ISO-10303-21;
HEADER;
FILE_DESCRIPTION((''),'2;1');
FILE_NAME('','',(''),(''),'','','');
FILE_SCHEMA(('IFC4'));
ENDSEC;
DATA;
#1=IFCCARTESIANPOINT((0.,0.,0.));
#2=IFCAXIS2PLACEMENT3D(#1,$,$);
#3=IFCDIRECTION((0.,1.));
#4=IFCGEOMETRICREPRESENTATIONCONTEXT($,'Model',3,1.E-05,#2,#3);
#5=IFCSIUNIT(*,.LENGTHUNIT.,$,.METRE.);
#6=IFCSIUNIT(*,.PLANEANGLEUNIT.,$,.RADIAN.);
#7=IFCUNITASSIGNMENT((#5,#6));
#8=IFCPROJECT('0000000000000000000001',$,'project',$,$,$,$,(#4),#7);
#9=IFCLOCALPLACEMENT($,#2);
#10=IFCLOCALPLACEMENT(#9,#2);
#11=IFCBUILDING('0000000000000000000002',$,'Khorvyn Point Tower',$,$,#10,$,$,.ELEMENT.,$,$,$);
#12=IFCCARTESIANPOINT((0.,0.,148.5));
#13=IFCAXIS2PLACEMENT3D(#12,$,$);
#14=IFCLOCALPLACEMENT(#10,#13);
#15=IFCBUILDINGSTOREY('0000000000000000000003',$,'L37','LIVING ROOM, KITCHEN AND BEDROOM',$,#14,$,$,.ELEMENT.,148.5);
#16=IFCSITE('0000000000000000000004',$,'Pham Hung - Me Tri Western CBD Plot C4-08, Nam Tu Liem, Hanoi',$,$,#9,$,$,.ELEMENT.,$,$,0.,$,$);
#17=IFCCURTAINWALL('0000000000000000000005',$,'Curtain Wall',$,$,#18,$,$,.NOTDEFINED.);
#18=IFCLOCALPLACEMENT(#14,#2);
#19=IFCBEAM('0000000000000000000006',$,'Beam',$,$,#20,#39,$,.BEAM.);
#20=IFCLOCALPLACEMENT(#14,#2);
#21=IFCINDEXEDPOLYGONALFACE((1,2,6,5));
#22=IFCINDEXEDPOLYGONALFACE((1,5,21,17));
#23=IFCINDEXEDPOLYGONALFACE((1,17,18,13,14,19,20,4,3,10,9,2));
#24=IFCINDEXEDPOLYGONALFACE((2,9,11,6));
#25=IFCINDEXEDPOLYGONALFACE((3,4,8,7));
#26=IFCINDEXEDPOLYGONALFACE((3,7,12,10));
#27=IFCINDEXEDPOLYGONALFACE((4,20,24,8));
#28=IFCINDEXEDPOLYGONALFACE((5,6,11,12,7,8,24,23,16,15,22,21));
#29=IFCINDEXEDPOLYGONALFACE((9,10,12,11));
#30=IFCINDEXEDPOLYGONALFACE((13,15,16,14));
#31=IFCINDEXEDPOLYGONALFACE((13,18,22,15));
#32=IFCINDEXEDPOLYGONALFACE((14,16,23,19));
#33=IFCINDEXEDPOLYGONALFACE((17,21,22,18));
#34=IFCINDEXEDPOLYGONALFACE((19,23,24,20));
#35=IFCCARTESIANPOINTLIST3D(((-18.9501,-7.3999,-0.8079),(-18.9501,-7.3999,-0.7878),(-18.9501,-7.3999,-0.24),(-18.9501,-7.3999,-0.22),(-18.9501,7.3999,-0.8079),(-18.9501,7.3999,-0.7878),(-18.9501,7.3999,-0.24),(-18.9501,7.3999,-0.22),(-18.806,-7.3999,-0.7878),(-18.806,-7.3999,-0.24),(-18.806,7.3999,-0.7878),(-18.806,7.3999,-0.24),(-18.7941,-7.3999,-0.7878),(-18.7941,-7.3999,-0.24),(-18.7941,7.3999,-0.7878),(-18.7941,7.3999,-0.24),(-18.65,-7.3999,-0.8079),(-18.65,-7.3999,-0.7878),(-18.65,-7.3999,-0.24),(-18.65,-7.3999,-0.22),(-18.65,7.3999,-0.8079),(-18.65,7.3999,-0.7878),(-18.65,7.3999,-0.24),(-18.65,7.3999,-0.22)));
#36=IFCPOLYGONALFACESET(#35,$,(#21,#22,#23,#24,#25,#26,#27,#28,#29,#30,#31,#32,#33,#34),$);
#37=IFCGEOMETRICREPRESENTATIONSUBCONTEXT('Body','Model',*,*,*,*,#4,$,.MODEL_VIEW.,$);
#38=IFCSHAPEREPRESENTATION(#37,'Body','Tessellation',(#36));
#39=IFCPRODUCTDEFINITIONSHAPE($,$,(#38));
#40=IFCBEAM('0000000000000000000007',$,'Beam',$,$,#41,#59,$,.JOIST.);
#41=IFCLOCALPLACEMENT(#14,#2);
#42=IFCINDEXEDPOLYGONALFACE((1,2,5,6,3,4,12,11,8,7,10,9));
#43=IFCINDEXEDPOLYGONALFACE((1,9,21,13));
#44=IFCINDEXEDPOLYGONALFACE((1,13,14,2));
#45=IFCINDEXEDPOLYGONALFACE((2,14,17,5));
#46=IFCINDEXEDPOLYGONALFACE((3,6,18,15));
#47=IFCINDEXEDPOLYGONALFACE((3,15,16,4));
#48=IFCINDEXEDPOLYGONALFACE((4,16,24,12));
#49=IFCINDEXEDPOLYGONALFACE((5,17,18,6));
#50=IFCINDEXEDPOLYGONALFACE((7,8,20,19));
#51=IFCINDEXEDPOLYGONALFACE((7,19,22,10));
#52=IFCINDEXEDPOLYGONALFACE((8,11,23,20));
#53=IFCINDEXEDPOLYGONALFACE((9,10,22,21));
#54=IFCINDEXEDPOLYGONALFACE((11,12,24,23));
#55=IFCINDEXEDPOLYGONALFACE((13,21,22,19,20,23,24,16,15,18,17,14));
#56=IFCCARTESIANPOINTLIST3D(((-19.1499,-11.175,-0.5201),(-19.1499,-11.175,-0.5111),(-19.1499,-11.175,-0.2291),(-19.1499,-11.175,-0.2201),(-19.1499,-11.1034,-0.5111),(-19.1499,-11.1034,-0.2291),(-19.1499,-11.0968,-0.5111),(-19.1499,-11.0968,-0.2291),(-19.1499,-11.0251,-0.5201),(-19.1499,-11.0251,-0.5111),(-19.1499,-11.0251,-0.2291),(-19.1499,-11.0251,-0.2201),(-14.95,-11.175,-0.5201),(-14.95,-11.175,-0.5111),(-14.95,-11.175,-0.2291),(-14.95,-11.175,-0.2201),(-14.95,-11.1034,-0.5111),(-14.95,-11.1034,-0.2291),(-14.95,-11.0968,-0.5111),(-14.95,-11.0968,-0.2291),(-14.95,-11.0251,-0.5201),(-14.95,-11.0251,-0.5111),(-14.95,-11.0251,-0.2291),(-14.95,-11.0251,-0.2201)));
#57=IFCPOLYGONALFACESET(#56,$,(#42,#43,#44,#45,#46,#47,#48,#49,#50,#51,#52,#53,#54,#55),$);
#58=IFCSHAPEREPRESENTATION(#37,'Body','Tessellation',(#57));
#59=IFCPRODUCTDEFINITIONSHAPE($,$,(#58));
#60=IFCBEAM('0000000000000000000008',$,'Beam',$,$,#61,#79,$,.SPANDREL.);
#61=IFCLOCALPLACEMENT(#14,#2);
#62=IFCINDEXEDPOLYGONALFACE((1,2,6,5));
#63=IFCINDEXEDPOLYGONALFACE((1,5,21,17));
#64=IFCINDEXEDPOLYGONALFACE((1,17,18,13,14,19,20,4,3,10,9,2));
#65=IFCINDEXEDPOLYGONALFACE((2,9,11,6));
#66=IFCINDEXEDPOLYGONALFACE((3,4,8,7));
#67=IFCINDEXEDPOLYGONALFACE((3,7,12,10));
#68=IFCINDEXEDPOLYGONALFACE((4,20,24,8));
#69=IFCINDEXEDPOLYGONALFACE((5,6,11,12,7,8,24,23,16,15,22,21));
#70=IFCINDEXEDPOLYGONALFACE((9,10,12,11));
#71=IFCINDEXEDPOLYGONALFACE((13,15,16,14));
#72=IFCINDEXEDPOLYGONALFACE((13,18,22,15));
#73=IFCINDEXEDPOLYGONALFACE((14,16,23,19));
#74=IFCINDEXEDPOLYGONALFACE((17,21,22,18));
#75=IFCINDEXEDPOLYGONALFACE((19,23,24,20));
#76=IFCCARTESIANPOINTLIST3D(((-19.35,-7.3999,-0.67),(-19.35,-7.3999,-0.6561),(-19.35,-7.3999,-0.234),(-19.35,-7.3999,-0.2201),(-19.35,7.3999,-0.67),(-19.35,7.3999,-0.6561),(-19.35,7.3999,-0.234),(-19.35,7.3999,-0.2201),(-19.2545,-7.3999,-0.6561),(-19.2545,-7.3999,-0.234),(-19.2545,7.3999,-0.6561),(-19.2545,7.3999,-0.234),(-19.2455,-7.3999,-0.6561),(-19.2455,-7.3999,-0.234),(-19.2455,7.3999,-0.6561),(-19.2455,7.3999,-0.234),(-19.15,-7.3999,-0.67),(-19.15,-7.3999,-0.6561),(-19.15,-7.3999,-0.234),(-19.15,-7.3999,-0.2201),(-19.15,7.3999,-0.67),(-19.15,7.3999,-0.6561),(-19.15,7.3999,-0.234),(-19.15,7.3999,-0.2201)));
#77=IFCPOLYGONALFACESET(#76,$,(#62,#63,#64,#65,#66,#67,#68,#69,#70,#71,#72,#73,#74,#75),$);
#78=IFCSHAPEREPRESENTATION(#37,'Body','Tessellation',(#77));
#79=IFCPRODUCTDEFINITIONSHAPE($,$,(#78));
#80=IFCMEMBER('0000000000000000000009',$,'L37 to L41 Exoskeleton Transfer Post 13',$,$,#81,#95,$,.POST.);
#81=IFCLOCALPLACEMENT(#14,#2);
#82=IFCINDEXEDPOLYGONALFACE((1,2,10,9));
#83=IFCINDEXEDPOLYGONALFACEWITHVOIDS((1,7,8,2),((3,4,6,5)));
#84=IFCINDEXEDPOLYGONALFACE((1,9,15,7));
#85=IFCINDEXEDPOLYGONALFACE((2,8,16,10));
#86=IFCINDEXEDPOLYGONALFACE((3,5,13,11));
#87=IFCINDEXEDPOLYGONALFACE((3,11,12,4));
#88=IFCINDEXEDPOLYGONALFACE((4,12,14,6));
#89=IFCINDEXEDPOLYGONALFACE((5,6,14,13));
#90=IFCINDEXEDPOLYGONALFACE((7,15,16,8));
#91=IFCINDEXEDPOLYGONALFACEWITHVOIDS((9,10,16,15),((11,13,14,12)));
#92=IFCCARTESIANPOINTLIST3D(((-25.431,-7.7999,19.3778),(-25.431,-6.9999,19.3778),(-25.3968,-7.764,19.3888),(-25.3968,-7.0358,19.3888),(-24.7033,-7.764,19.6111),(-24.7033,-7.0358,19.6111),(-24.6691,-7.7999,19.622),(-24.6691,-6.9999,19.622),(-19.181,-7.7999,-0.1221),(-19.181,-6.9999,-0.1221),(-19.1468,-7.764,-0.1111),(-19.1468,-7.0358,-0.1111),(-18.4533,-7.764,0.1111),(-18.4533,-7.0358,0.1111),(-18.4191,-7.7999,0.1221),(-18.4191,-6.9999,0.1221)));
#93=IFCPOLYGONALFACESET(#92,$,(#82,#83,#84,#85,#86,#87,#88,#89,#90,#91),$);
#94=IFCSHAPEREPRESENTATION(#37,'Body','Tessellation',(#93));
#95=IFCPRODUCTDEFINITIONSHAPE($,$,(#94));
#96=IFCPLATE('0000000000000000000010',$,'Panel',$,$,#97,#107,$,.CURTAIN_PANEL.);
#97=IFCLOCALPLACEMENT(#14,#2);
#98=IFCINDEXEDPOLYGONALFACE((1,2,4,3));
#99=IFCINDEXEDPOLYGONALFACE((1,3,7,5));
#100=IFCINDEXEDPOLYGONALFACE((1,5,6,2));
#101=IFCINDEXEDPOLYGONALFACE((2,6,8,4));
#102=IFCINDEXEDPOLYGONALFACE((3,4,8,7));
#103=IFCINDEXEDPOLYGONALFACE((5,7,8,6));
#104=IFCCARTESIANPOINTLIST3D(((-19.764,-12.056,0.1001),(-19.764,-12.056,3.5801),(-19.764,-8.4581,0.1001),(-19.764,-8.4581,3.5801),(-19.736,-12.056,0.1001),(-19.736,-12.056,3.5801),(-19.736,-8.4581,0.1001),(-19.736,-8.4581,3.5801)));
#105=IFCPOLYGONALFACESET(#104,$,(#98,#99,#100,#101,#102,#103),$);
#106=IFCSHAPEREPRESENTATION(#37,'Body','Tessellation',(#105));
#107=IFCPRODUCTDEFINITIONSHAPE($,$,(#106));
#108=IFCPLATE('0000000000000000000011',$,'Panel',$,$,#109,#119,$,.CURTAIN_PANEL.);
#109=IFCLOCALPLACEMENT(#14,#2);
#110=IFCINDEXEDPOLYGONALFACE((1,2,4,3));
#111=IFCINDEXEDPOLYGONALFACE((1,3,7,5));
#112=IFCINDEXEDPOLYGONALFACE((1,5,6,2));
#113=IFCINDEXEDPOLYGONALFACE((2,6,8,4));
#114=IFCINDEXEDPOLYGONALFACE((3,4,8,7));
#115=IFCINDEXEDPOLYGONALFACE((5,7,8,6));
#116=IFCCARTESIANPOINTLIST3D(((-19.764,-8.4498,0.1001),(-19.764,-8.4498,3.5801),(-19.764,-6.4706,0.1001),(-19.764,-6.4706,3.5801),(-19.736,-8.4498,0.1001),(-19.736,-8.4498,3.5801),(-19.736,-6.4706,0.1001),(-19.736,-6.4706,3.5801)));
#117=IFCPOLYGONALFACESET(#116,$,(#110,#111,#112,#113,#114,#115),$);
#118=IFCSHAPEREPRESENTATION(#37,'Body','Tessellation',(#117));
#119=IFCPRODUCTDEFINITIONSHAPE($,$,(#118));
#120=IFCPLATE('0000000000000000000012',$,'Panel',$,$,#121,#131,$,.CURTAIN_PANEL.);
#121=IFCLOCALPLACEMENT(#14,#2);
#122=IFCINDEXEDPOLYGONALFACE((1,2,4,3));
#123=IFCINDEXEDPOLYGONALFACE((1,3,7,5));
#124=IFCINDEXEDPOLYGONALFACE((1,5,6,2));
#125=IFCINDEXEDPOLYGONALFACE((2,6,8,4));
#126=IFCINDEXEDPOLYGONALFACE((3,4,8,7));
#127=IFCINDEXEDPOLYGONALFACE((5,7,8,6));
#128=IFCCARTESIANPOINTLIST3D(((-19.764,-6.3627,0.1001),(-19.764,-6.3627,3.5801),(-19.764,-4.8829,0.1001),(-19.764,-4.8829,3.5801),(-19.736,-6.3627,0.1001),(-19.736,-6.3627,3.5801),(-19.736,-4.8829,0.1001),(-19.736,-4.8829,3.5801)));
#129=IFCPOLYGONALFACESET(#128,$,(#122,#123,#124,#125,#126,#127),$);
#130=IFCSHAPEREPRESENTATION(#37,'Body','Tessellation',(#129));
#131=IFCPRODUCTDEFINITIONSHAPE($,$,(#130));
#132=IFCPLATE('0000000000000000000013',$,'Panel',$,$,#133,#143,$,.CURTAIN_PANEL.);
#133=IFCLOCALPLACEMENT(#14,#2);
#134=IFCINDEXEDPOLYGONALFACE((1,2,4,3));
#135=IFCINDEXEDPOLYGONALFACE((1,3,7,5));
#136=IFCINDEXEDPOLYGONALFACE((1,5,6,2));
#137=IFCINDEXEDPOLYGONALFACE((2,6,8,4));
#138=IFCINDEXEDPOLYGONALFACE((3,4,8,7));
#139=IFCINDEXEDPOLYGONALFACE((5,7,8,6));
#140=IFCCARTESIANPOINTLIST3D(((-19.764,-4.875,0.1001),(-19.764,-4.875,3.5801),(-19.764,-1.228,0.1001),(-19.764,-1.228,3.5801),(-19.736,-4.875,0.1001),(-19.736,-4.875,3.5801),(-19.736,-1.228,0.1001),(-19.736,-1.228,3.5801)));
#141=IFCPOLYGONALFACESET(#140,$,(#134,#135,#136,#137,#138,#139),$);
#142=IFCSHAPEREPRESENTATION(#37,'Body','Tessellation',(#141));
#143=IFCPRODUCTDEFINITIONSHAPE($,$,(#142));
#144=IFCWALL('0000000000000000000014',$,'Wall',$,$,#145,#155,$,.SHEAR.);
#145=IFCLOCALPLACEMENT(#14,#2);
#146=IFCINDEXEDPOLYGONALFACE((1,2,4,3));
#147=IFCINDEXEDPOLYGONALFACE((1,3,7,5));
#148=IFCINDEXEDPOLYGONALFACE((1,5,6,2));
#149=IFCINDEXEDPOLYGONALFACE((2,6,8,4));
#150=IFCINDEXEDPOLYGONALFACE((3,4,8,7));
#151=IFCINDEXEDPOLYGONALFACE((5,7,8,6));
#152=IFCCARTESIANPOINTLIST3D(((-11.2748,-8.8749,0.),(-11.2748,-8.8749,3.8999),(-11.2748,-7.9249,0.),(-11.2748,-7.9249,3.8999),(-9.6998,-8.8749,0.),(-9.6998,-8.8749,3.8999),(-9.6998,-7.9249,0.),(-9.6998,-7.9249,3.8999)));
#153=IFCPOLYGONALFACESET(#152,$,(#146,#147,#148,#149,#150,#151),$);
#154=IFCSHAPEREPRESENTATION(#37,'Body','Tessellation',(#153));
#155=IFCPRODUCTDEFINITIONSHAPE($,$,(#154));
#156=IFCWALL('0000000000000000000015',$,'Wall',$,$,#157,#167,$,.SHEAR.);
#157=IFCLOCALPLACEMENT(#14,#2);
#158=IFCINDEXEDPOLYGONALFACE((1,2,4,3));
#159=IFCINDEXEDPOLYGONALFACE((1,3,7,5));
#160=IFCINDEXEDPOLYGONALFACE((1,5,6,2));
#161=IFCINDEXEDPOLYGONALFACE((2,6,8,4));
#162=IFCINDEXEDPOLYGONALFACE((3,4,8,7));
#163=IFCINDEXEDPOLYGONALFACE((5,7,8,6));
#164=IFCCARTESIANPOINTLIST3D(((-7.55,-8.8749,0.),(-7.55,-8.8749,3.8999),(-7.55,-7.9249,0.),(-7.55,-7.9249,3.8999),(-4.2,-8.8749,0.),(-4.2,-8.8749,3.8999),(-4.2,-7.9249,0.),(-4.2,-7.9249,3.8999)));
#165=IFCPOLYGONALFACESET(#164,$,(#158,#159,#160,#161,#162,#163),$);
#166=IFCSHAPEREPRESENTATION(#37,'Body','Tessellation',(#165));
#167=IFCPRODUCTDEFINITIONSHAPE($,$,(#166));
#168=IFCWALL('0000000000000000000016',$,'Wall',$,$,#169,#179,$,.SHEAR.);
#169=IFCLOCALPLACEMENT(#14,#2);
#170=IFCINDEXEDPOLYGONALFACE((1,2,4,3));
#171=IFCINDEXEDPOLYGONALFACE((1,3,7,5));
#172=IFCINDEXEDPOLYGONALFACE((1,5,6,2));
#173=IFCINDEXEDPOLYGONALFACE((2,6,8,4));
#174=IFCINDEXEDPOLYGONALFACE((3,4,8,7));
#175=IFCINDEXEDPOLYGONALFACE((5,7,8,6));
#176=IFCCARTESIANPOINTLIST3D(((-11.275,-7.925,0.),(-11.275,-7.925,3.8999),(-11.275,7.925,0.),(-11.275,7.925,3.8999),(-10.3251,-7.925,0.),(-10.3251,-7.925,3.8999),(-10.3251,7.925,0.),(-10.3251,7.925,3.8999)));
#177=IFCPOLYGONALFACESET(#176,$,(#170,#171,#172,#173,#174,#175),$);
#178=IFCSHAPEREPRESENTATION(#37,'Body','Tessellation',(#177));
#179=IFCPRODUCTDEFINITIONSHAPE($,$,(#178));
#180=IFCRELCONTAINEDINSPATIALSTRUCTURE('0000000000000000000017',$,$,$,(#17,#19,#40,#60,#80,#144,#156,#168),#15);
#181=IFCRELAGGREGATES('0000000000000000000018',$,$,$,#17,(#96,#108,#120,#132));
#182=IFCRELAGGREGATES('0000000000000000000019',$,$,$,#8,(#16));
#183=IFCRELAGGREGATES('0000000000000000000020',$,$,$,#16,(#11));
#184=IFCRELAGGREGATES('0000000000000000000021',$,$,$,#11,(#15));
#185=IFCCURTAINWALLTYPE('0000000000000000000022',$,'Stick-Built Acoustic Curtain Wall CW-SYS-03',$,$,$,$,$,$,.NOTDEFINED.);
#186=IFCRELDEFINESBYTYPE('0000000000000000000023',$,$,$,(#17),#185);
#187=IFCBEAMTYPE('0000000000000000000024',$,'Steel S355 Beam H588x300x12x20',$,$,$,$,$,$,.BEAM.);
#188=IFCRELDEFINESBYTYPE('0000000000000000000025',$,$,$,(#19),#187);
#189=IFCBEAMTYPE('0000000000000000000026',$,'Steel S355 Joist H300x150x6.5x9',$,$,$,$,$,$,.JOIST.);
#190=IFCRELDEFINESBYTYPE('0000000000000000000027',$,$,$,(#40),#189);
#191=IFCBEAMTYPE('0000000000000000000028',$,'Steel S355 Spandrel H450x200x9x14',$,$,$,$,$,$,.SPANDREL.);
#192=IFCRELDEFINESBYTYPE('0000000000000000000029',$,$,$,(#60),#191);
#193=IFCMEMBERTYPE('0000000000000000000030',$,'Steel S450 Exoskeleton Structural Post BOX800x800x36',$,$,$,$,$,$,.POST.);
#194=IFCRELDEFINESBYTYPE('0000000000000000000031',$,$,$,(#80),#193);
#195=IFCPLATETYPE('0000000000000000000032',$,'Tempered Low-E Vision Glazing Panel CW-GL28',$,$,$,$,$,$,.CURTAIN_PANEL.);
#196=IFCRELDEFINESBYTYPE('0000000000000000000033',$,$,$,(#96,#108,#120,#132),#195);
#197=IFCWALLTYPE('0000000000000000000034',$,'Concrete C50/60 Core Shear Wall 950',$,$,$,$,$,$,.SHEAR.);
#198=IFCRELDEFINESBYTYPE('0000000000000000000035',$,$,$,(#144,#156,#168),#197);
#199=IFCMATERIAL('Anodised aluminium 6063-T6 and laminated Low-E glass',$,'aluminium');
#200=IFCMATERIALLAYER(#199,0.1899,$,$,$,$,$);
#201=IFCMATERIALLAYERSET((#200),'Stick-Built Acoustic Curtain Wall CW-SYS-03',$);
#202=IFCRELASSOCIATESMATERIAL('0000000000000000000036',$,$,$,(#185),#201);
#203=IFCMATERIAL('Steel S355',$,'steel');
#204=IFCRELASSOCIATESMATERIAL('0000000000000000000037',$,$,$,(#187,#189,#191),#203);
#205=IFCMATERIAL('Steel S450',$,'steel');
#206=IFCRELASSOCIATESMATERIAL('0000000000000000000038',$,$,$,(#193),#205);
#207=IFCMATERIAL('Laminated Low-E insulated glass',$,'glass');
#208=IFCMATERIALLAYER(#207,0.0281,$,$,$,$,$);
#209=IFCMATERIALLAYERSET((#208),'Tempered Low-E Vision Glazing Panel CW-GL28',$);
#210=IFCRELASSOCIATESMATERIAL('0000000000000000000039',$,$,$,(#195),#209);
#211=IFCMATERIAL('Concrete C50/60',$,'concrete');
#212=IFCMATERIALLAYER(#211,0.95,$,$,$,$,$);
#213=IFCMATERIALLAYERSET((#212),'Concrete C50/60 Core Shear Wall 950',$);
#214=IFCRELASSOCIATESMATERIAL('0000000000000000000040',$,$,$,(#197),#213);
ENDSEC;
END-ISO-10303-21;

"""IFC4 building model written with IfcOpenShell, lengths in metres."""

from ifc_helpers import new_model, si_unit, direction, frame, frame_2d, origin, origin_2d, place, context, subcontext, project, spatial, rectangle, hollow_rectangle, i_section, extrude, material, layer, layer_set, material_profile, profile_set, type_object, element, aggregate, save


model = new_model("IFC4")

# Units and contexts
model_context = context("Model", 3, precision=1e-05, world=origin(), true_north=direction((0.0, 1.0)))
body_context = subcontext(model_context, "Body", "Model", "MODEL_VIEW")
ifc_project = project(units=[si_unit("LENGTHUNIT", "METRE"), si_unit("PLANEANGLEUNIT", "RADIAN")], contexts=[model_context])

# Site, building, storey
site_placement = place(None, origin())
site = spatial("IfcSite", under=ifc_project, at=site_placement, Name="Pham Hung - Me Tri Western CBD Plot C4-08, Nam Tu Liem, Hanoi", CompositionType="ELEMENT", RefElevation=0.0)
building_placement = place(site_placement, origin())
building = spatial("IfcBuilding", under=site, at=building_placement, Name="Khorvyn Point Tower", CompositionType="ELEMENT")
storey_placement = place(building_placement, frame((0.0, 0.0, 148.5)))
storey = spatial("IfcBuildingStorey", under=building, at=storey_placement, Name="L37", Description="LIVING ROOM, KITCHEN AND BEDROOM", CompositionType="ELEMENT", Elevation=148.5)

# Shared definitions
ifc_material_1 = material(Name="Concrete C50/60", Category="concrete")

# Curtain wall
ifc_material_2 = material(Name="Anodised aluminium 6063-T6 and laminated Low-E glass", Category="aluminium")
ifc_layer_1 = layer(ifc_material_2, 0.1899)
ifc_layer_set_1 = layer_set([ifc_layer_1], Name="Stick-Built Acoustic Curtain Wall CW-SYS-03")
curtain_wall_type = type_object("IfcCurtainWallType", Name="Stick-Built Acoustic Curtain Wall CW-SYS-03", PredefinedType="NOTDEFINED", material=ifc_layer_set_1)
curtain_wall_placement = place(storey_placement, origin())
curtain_wall = element("IfcCurtainWall", 1, at=curtain_wall_placement, inside=storey, type_object=curtain_wall_type, Name="Curtain Wall", PredefinedType="NOTDEFINED")

# Beams
ifc_material_3 = material(Name="Steel S355", Category="steel")
ifc_material_profile_1 = material_profile(ifc_material_3, i_section(OverallWidth=0.3, OverallDepth=0.5879, WebThickness=0.012, FlangeThickness=0.02, at=origin_2d()))
ifc_profile_set_1 = profile_set([ifc_material_profile_1], Name="Steel S355 H588x300x12x20")
beam_type_1 = type_object("IfcBeamType", Name="Steel S355 Beam H588x300x12x20", PredefinedType="BEAM", material=ifc_profile_set_1)
for number, where, z_axis, x_axis, name in (
    (2, (-18.8, -7.3999, -0.5139), (0.0, 1.0, 0.0), (-1.0, 0.0, 0.0), "Beam"),
):
    element("IfcBeam", number, at=place(storey_placement, frame(where, z_axis=z_axis, x_axis=x_axis)), inside=storey, type_object=beam_type_1, Name=name, PredefinedType="BEAM", context=body_context, shape_type="SweptSolid", body=[
        extrude(i_section(OverallWidth=0.3, OverallDepth=0.5879, WebThickness=0.012, FlangeThickness=0.02, at=origin_2d()), origin(), (0.0, 0.0, 1.0), 14.7998),
    ])
ifc_material_profile_2 = material_profile(ifc_material_3, i_section(OverallWidth=0.1499, OverallDepth=0.3, WebThickness=0.0066, FlangeThickness=0.009, at=origin_2d()))
ifc_profile_set_2 = profile_set([ifc_material_profile_2], Name="Steel S355 H300x150x6.5x9")
beam_type_2 = type_object("IfcBeamType", Name="Steel S355 Joist H300x150x6.5x9", PredefinedType="JOIST", material=ifc_profile_set_2)
beam_1_placement = place(storey_placement, frame((-19.1499, -11.1001, -0.3701), z_axis=(1.0, 0.0, 0.0), x_axis=(0.0, 1.0, 0.0)))
element("IfcBeam", 3, at=beam_1_placement, inside=storey, type_object=beam_type_2, Name="Beam", PredefinedType="JOIST", context=body_context, shape_type="SweptSolid", body=[
    extrude(i_section(OverallWidth=0.1499, OverallDepth=0.3, WebThickness=0.0066, FlangeThickness=0.009, at=origin_2d()), origin(), (0.0, 0.0, 1.0), 4.2),
])
ifc_material_profile_3 = material_profile(ifc_material_3, i_section(OverallWidth=0.2, OverallDepth=0.45, WebThickness=0.009, FlangeThickness=0.0139, at=origin_2d()))
ifc_profile_set_3 = profile_set([ifc_material_profile_3], Name="Steel S355 H450x200x9x14")
beam_type_3 = type_object("IfcBeamType", Name="Steel S355 Spandrel H450x200x9x14", PredefinedType="SPANDREL", material=ifc_profile_set_3)
beam_2_placement = place(storey_placement, frame((-19.25, -7.3999, -0.4451), z_axis=(0.0, 1.0, 0.0), x_axis=(-1.0, 0.0, 0.0)))
element("IfcBeam", 4, at=beam_2_placement, inside=storey, type_object=beam_type_3, Name="Beam", PredefinedType="SPANDREL", context=body_context, shape_type="SweptSolid", body=[
    extrude(i_section(OverallWidth=0.2, OverallDepth=0.45, WebThickness=0.009, FlangeThickness=0.0139, at=origin_2d()), origin(), (0.0, 0.0, 1.0), 14.7998),
])

# Member
ifc_material_4 = material(Name="Steel S450", Category="steel")
ifc_material_profile_4 = material_profile(ifc_material_4, hollow_rectangle(XDim=0.8, YDim=0.8, WallThickness=0.0359, at=origin_2d()))
ifc_profile_set_4 = profile_set([ifc_material_profile_4], Name="Steel S450 BOX800x800x36")
member_type_1 = type_object("IfcMemberType", Name="Steel S450 Exoskeleton Structural Post BOX800x800x36", PredefinedType="POST", material=ifc_profile_set_4)
member_1_placement = place(storey_placement, frame((-18.8, -7.3999, 0.0), z_axis=(-0.305219, 0.0, 0.952282), x_axis=(0.0, -1.0, 0.0)))
element("IfcMember", 5, at=member_1_placement, inside=storey, type_object=member_type_1, Name="L37 to L41 Exoskeleton Transfer Post 13", PredefinedType="POST", context=body_context, shape_type="SweptSolid", body=[
    extrude(hollow_rectangle(XDim=0.8, YDim=0.8, WallThickness=0.0359, at=origin_2d()), origin(), (0.0, 0.0, 1.0), 20.4771),
])

# Plates
ifc_material_5 = material(Name="Laminated Low-E insulated glass", Category="glass")
ifc_layer_2 = layer(ifc_material_5, 0.0281)
ifc_layer_set_2 = layer_set([ifc_layer_2], Name="Tempered Low-E Vision Glazing Panel CW-GL28")
plate_type = type_object("IfcPlateType", Name="Tempered Low-E Vision Glazing Panel CW-GL28", PredefinedType="CURTAIN_PANEL", material=ifc_layer_set_2)
plate_1_placement = place(storey_placement, frame((-19.75, -10.2571, 0.1001), z_axis=(0.0, 0.0, 1.0), x_axis=(0.0, 1.0, 0.0)))
plate_1 = element("IfcPlate", 6, at=plate_1_placement, type_object=plate_type, Name="Panel", PredefinedType="CURTAIN_PANEL", context=body_context, shape_type="SweptSolid", body=[
    extrude(rectangle(XDim=3.5979, YDim=0.0281, at=origin_2d()), origin(), (0.0, 0.0, 1.0), 3.48),
])
plate_2_placement = place(storey_placement, frame((-19.75, -7.4602, 0.1001), z_axis=(0.0, 0.0, 1.0), x_axis=(0.0, 1.0, 0.0)))
plate_2 = element("IfcPlate", 7, at=plate_2_placement, type_object=plate_type, Name="Panel", PredefinedType="CURTAIN_PANEL", context=body_context, shape_type="SweptSolid", body=[
    extrude(rectangle(XDim=1.9792, YDim=0.0281, at=origin_2d()), origin(), (0.0, 0.0, 1.0), 3.48),
])
plate_3_placement = place(storey_placement, frame((-19.75, -5.6228, 0.1001), z_axis=(0.0, 0.0, 1.0), x_axis=(0.0, 1.0, 0.0)))
plate_3 = element("IfcPlate", 8, at=plate_3_placement, type_object=plate_type, Name="Panel", PredefinedType="CURTAIN_PANEL", context=body_context, shape_type="SweptSolid", body=[
    extrude(rectangle(XDim=1.4797, YDim=0.0281, at=origin_2d()), origin(), (0.0, 0.0, 1.0), 3.48),
])
plate_4_placement = place(storey_placement, frame((-19.75, -3.0515, 0.1001), z_axis=(0.0, 0.0, 1.0), x_axis=(0.0, 1.0, 0.0)))
plate_4 = element("IfcPlate", 9, at=plate_4_placement, type_object=plate_type, Name="Panel", PredefinedType="CURTAIN_PANEL", context=body_context, shape_type="SweptSolid", body=[
    extrude(rectangle(XDim=3.647, YDim=0.0281, at=origin_2d()), origin(), (0.0, 0.0, 1.0), 3.48),
])
aggregate(curtain_wall, [plate_1, plate_2, plate_3, plate_4])

# Walls
ifc_layer_3 = layer(ifc_material_1, 0.95)
ifc_layer_set_3 = layer_set([ifc_layer_3], Name="Concrete C50/60 Core Shear Wall 950")
wall_type_1 = type_object("IfcWallType", Name="Concrete C50/60 Core Shear Wall 950", PredefinedType="SHEAR", material=ifc_layer_set_3)
wall_1_placement = place(storey_placement, frame((-11.2749, -8.3999, 0.0), z_axis=(0.0, 0.0, 1.0), x_axis=(1.0, 0.0, 0.0)))
element("IfcWall", 10, at=wall_1_placement, inside=storey, type_object=wall_type_1, Name="Wall", PredefinedType="SHEAR", context=body_context, shape_type="SweptSolid", body=[
    extrude(rectangle(XDim=1.575, YDim=0.95, at=frame_2d((0.7876, 0.0))), origin(), (0.0, 0.0, 1.0), 3.8999),
])
wall_2_placement = place(storey_placement, frame((-7.55, -8.3999, 0.0), z_axis=(0.0, 0.0, 1.0), x_axis=(1.0, 0.0, 0.0)))
element("IfcWall", 11, at=wall_2_placement, inside=storey, type_object=wall_type_1, Name="Wall", PredefinedType="SHEAR", context=body_context, shape_type="SweptSolid", body=[
    extrude(rectangle(XDim=3.3501, YDim=0.95, at=frame_2d((1.675, 0.0))), origin(), (0.0, 0.0, 1.0), 3.8999),
])
wall_3_placement = place(storey_placement, frame((-10.8, -7.925, 0.0), z_axis=(0.0, 0.0, 1.0), x_axis=(0.0, 1.0, 0.0)))
element("IfcWall", 12, at=wall_3_placement, inside=storey, type_object=wall_type_1, Name="Wall", PredefinedType="SHEAR", context=body_context, shape_type="SweptSolid", body=[
    extrude(rectangle(XDim=15.8501, YDim=0.95, at=frame_2d((7.925, 0.0))), origin(), (0.0, 0.0, 1.0), 3.8999),
])

save(model, "model.ifc")
